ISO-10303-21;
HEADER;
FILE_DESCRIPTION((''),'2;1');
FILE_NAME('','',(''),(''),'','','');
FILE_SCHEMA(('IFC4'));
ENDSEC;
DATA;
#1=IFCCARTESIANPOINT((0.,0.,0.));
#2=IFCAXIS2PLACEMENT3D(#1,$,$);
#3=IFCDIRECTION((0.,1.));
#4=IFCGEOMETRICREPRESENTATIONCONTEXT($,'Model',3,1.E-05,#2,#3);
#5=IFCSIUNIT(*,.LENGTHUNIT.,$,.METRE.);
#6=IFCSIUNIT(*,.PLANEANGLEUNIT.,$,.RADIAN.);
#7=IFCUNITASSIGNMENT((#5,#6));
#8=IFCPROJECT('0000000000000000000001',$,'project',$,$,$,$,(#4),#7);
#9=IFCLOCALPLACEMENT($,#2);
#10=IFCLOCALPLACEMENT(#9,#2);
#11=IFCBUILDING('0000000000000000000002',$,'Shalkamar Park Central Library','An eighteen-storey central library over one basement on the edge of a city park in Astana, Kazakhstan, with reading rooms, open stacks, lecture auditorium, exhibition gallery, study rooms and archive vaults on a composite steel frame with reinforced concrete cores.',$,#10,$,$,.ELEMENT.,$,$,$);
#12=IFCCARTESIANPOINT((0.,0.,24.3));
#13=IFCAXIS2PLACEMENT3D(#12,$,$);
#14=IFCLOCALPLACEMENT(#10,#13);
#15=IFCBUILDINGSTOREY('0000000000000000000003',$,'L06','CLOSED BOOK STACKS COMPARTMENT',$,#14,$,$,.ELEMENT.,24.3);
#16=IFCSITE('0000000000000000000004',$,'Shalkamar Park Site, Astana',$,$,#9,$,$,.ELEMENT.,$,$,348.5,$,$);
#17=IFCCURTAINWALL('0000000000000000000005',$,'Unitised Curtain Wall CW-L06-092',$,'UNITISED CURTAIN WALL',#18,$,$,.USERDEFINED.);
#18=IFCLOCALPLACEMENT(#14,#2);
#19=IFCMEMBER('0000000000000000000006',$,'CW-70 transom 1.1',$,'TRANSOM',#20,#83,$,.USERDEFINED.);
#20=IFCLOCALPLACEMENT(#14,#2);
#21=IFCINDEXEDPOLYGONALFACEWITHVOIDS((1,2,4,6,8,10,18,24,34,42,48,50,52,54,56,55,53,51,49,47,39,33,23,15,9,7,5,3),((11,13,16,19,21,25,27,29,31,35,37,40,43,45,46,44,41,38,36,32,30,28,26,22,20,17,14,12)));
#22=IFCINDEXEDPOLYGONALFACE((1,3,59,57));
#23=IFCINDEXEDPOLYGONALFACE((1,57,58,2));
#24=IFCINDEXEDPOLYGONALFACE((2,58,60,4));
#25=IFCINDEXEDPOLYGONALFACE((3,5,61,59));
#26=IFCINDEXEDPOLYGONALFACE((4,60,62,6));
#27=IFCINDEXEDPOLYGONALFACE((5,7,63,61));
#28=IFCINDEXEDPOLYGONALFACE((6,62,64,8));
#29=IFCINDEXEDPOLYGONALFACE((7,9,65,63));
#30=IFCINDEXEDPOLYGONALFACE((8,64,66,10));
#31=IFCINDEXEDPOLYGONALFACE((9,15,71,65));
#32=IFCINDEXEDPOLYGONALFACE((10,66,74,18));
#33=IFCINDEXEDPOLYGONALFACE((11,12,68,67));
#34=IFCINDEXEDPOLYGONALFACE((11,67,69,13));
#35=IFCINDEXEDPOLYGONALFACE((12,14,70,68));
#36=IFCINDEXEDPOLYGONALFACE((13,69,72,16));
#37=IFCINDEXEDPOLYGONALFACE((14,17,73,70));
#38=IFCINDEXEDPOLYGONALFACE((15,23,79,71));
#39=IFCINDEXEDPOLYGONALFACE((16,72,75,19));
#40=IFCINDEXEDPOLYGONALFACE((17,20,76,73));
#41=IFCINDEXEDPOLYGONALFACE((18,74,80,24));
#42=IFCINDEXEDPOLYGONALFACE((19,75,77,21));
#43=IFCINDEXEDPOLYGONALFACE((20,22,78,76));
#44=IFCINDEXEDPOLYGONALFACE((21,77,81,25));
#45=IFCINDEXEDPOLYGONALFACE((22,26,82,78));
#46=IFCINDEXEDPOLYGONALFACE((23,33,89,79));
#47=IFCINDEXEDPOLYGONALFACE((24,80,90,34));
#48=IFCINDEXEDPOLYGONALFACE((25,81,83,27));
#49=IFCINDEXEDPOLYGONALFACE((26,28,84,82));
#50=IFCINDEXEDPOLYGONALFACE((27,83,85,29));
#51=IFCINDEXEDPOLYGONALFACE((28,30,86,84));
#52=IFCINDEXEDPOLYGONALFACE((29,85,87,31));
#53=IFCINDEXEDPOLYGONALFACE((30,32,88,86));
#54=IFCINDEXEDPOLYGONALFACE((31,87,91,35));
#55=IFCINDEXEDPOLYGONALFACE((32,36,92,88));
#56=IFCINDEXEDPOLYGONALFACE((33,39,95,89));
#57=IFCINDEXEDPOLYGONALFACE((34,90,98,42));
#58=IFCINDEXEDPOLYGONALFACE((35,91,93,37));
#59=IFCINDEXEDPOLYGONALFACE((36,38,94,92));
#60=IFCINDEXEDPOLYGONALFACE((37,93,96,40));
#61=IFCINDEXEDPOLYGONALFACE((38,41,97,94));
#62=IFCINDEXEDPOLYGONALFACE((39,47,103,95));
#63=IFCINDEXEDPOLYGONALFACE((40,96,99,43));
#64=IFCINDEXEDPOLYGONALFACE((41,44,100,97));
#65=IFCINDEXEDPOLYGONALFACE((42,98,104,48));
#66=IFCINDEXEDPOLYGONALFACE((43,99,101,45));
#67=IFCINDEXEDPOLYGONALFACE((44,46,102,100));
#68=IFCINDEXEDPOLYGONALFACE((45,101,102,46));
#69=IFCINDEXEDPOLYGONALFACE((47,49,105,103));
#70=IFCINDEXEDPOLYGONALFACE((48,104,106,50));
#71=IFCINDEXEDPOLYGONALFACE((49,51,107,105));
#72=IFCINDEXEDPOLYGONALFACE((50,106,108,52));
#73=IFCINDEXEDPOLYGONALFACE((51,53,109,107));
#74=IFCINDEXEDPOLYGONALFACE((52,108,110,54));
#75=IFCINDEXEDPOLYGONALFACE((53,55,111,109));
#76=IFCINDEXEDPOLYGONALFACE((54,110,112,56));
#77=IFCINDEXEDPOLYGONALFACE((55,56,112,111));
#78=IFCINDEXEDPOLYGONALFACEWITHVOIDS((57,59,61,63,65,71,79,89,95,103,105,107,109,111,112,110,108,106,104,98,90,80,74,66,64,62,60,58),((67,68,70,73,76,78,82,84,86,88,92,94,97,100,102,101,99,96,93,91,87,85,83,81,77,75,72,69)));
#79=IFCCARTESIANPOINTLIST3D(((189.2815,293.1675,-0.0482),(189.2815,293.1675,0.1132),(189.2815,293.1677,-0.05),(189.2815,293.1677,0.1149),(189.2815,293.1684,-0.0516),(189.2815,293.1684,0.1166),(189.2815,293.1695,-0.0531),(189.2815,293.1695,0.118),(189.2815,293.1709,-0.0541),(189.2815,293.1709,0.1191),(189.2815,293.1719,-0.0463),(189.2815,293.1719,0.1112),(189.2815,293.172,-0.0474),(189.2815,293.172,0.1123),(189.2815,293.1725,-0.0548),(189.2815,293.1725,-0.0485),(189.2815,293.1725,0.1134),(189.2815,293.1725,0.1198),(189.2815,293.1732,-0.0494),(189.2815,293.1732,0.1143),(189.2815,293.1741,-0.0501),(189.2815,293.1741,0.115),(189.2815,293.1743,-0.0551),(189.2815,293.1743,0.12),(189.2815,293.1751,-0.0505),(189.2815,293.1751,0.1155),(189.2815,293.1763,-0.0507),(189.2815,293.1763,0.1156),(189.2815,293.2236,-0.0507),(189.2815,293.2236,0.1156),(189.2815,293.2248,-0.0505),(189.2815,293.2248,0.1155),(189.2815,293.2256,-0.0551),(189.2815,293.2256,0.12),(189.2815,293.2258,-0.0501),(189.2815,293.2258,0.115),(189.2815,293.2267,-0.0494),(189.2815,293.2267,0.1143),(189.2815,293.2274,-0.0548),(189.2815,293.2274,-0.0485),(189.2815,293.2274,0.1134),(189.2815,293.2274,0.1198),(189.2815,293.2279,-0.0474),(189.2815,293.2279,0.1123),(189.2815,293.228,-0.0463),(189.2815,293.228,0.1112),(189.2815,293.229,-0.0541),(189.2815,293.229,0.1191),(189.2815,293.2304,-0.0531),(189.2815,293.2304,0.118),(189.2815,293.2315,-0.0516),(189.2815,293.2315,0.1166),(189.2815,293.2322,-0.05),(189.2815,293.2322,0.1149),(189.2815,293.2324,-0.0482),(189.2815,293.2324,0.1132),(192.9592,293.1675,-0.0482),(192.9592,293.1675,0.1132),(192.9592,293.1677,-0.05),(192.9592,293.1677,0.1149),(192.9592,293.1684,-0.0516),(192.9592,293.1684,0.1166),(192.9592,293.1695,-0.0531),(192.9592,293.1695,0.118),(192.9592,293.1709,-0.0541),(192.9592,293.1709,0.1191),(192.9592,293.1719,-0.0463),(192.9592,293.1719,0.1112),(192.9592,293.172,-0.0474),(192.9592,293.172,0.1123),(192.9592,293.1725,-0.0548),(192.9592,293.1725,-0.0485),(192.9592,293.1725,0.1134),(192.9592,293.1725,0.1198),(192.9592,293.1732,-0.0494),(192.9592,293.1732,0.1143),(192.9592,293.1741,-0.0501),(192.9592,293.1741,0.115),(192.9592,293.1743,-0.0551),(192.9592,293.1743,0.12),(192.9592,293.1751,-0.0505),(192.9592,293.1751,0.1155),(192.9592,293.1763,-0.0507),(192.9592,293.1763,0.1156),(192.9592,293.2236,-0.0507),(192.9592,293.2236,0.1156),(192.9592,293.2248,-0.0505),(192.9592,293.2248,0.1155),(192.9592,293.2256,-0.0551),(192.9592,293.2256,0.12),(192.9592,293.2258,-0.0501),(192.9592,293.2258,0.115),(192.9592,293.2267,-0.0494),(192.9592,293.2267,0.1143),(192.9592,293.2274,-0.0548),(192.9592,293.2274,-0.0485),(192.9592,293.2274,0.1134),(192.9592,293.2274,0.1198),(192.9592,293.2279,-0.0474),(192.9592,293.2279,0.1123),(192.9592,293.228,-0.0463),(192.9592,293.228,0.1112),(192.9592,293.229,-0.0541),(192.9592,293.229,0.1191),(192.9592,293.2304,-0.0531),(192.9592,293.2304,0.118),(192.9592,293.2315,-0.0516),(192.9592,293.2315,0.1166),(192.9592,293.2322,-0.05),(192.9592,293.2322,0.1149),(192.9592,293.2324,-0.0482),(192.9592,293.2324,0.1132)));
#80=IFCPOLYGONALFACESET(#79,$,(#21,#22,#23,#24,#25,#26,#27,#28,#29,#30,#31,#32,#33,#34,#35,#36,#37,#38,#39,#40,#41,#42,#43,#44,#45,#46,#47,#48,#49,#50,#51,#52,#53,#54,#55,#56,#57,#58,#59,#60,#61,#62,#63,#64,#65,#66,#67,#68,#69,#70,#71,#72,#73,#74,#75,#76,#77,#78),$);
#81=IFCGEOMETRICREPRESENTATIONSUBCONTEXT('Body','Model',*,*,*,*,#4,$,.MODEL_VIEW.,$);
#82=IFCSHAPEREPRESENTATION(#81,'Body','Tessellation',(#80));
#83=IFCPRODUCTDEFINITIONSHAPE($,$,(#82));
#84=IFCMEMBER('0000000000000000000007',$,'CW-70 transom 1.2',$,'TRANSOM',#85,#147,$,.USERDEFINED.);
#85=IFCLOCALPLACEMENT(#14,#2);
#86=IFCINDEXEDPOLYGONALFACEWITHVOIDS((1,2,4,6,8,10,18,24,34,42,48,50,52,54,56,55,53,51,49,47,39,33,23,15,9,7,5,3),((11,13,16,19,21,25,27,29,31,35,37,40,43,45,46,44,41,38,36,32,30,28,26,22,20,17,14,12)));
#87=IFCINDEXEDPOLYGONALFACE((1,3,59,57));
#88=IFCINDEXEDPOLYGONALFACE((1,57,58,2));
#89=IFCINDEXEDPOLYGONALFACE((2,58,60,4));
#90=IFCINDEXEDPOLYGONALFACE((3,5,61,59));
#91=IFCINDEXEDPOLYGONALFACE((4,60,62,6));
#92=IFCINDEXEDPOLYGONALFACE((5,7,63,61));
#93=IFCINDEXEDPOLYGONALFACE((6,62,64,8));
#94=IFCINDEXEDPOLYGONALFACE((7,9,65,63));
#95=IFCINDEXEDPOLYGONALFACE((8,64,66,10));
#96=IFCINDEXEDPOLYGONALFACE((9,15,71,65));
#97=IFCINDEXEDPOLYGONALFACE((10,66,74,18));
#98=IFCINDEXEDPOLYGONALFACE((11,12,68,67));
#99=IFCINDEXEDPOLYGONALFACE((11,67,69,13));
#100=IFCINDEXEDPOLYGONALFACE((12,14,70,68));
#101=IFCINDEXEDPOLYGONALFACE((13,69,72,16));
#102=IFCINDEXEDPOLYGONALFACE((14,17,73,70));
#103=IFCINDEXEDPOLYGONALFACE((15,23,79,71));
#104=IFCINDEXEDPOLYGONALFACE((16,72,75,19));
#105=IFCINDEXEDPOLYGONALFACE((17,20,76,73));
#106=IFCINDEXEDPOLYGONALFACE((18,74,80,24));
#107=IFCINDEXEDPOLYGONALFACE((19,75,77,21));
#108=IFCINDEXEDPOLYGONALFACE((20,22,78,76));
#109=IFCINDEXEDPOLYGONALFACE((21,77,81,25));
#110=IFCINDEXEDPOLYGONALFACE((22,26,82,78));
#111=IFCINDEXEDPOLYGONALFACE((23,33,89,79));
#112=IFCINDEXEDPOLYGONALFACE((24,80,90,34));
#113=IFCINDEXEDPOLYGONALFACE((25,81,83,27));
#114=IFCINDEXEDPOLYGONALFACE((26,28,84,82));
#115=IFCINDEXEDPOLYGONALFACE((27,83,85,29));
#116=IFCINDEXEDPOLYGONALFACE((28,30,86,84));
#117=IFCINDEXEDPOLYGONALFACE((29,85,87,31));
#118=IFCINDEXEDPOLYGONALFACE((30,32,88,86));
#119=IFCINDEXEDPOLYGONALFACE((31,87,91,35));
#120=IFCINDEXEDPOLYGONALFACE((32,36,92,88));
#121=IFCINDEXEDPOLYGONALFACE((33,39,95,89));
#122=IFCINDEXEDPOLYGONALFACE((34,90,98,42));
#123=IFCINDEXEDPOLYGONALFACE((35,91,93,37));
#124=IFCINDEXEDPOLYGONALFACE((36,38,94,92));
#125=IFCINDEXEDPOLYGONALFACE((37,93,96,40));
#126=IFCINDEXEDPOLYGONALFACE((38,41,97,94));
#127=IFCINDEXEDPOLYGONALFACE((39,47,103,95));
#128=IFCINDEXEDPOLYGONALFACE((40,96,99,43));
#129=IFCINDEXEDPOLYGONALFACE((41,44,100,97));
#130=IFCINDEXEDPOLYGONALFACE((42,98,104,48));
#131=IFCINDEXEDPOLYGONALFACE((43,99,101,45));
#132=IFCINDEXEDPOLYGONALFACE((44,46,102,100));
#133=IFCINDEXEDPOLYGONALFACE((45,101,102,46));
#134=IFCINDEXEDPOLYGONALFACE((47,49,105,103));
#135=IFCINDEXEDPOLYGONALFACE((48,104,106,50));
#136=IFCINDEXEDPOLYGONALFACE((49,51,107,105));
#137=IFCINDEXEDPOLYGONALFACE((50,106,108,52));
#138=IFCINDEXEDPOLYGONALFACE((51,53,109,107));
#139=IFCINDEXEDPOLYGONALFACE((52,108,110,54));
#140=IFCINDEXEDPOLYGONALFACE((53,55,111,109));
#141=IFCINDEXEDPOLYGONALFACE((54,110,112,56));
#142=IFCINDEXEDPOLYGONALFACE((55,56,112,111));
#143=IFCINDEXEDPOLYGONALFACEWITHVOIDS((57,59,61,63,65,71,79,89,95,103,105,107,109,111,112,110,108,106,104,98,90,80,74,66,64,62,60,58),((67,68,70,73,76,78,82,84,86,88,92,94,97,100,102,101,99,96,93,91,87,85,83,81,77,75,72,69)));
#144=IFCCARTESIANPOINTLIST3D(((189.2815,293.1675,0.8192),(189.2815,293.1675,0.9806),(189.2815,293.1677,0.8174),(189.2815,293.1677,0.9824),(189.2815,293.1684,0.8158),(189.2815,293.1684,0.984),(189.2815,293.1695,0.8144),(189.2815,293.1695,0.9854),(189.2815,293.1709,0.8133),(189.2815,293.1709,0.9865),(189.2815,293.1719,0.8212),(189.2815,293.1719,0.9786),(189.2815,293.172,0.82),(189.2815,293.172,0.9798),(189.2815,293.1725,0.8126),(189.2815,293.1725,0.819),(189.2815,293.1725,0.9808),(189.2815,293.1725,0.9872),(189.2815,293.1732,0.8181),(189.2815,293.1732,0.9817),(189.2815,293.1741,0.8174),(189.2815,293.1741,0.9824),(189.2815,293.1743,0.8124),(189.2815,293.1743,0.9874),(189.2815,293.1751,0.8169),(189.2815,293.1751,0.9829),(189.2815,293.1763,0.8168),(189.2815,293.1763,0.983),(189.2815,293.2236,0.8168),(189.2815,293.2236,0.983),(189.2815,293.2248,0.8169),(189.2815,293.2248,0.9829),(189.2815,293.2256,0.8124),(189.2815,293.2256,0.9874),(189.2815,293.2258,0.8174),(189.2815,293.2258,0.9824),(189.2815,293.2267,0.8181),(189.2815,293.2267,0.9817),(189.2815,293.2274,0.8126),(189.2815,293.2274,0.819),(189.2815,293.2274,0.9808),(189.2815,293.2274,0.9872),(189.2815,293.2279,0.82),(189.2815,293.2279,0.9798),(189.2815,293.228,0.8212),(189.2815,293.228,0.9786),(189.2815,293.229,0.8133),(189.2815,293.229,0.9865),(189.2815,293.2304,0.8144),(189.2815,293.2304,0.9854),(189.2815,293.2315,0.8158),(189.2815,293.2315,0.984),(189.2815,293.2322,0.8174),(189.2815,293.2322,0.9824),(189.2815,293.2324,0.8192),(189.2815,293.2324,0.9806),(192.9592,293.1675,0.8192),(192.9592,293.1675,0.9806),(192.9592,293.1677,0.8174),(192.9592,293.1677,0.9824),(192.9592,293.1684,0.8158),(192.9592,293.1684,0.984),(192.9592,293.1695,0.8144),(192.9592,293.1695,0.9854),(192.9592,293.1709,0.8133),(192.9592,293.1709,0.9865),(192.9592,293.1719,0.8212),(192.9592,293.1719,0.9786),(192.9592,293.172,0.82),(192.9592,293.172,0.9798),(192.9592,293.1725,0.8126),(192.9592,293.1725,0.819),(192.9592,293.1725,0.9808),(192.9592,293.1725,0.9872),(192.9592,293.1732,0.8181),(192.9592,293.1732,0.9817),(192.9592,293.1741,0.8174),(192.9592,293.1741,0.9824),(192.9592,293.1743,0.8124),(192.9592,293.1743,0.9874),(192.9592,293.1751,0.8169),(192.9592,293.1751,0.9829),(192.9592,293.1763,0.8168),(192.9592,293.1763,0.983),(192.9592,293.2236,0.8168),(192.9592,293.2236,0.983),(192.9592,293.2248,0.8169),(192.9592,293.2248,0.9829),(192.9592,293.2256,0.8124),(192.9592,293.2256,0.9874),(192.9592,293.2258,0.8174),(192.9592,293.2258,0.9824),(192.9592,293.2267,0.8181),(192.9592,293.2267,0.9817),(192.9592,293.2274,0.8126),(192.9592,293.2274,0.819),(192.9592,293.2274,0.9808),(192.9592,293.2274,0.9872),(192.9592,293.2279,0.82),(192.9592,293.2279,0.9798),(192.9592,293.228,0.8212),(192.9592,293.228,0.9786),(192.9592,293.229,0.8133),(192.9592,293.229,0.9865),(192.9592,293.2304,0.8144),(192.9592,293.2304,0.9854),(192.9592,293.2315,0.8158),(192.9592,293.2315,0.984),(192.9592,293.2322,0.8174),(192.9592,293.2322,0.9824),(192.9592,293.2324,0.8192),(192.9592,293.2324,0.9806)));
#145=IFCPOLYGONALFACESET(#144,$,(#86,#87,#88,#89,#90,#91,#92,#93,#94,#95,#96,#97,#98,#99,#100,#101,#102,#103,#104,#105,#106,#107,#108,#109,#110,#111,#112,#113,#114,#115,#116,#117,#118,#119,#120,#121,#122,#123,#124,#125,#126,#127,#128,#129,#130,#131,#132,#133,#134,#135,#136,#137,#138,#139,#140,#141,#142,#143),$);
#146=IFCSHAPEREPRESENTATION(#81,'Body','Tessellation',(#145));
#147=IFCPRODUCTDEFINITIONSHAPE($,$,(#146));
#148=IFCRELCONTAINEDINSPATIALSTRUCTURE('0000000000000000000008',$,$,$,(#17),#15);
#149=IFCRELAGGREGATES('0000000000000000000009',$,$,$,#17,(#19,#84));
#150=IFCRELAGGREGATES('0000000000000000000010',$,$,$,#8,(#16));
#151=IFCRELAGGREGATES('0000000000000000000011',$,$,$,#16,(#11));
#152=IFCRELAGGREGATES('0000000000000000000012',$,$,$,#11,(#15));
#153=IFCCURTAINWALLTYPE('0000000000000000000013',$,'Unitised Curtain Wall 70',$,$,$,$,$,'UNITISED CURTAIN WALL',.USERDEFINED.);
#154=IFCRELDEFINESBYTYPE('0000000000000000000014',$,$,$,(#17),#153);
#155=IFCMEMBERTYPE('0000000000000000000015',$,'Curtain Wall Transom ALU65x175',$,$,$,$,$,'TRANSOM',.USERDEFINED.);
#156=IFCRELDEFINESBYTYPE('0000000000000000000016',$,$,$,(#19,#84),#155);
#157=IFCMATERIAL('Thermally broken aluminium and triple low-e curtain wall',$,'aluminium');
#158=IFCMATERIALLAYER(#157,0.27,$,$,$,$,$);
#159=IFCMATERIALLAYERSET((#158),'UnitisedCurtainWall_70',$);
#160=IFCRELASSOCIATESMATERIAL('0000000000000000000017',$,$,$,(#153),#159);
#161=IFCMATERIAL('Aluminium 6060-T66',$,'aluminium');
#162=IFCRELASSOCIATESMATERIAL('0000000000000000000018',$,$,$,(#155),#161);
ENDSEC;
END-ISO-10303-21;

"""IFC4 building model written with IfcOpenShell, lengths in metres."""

from ifc_helpers import new_model, si_unit, direction, frame, origin, origin_2d, place, context, subcontext, project, spatial, hollow_rectangle, extrude, material, layer, layer_set, material_profile, profile_set, type_object, element, aggregate, save


model = new_model("IFC4")

# Units and contexts
model_context = context("Model", 3, precision=1e-05, world=origin(), true_north=direction((0.0, 1.0)))
body_context = subcontext(model_context, "Body", "Model", "MODEL_VIEW")
ifc_project = project(units=[si_unit("LENGTHUNIT", "METRE"), si_unit("PLANEANGLEUNIT", "RADIAN")], contexts=[model_context])

# Site, building, storey
site_placement = place(None, origin())
site = spatial("IfcSite", under=ifc_project, at=site_placement, Name="Shalkamar Park Site, Astana", CompositionType="ELEMENT", RefElevation=348.5)
building_placement = place(site_placement, origin())
building = spatial("IfcBuilding", under=site, at=building_placement, Name="Shalkamar Park Central Library", Description="An eighteen-storey central library over one basement on the edge of a city park in Astana, Kazakhstan, with reading rooms, open stacks, lecture auditorium, exhibition gallery, study rooms and archive vaults on a composite steel frame with reinforced concrete cores.", CompositionType="ELEMENT")
storey_placement = place(building_placement, frame((0.0, 0.0, 24.3)))
storey = spatial("IfcBuildingStorey", under=building, at=storey_placement, Name="L06", Description="CLOSED BOOK STACKS COMPARTMENT", CompositionType="ELEMENT", Elevation=24.3)

# Shared definitions
ifc_material_1 = material(Name="Thermally broken aluminium and triple low-e curtain wall", Category="aluminium")
ifc_material_2 = material(Name="Aluminium 6060-T66", Category="aluminium")

# Curtain wall
ifc_layer_1 = layer(ifc_material_1, 0.27)
ifc_layer_set_1 = layer_set([ifc_layer_1], Name="UnitisedCurtainWall_70")
curtain_wall_type_1 = type_object("IfcCurtainWallType", Name="Unitised Curtain Wall 70", ElementType="UNITISED CURTAIN WALL", PredefinedType="USERDEFINED", material=ifc_layer_set_1)
curtain_wall_1_placement = place(storey_placement, origin())
curtain_wall_1 = element("IfcCurtainWall", 1, at=curtain_wall_1_placement, inside=storey, type_object=curtain_wall_type_1, Name="Unitised Curtain Wall CW-L06-092", ObjectType="UNITISED CURTAIN WALL", PredefinedType="USERDEFINED")

# Members
ifc_material_profile_1 = material_profile(ifc_material_2, hollow_rectangle(XDim=0.0649, YDim=0.175, WallThickness=0.0044, InnerFilletRadius=0.0044, OuterFilletRadius=0.0068, at=origin_2d()), Name="ALU 65x175x4.5")
ifc_profile_set_1 = profile_set([ifc_material_profile_1], Name="Aluminium 6060-T66")
member_type_1 = type_object("IfcMemberType", Name="Curtain Wall Transom ALU65x175", ElementType="TRANSOM", PredefinedType="USERDEFINED", material=ifc_profile_set_1)
member_1_placement = place(storey_placement, frame((189.2815, 293.2, 0.0325), z_axis=(1.0, 0.0, 0.0), x_axis=(0.0, 1.0, 0.0)))
member_1 = element("IfcMember", 2, at=member_1_placement, type_object=member_type_1, Name="CW-70 transom 1.1", ObjectType="TRANSOM", PredefinedType="USERDEFINED", context=body_context, shape_type="SweptSolid", body=[
    extrude(hollow_rectangle(XDim=0.0649, YDim=0.175, WallThickness=0.0044, InnerFilletRadius=0.0044, OuterFilletRadius=0.0068, at=origin_2d()), origin(), (0.0, 0.0, 1.0), 3.6777),
])
member_2_placement = place(storey_placement, frame((189.2815, 293.2, 0.8999), z_axis=(1.0, 0.0, 0.0), x_axis=(0.0, 1.0, 0.0)))
member_2 = element("IfcMember", 3, at=member_2_placement, type_object=member_type_1, Name="CW-70 transom 1.2", ObjectType="TRANSOM", PredefinedType="USERDEFINED", context=body_context, shape_type="SweptSolid", body=[
    extrude(hollow_rectangle(XDim=0.0649, YDim=0.175, WallThickness=0.0044, InnerFilletRadius=0.0044, OuterFilletRadius=0.0068, at=origin_2d()), origin(), (0.0, 0.0, 1.0), 3.6777),
])

aggregate(curtain_wall_1, [member_1, member_2])

save(model, "model.ifc")
